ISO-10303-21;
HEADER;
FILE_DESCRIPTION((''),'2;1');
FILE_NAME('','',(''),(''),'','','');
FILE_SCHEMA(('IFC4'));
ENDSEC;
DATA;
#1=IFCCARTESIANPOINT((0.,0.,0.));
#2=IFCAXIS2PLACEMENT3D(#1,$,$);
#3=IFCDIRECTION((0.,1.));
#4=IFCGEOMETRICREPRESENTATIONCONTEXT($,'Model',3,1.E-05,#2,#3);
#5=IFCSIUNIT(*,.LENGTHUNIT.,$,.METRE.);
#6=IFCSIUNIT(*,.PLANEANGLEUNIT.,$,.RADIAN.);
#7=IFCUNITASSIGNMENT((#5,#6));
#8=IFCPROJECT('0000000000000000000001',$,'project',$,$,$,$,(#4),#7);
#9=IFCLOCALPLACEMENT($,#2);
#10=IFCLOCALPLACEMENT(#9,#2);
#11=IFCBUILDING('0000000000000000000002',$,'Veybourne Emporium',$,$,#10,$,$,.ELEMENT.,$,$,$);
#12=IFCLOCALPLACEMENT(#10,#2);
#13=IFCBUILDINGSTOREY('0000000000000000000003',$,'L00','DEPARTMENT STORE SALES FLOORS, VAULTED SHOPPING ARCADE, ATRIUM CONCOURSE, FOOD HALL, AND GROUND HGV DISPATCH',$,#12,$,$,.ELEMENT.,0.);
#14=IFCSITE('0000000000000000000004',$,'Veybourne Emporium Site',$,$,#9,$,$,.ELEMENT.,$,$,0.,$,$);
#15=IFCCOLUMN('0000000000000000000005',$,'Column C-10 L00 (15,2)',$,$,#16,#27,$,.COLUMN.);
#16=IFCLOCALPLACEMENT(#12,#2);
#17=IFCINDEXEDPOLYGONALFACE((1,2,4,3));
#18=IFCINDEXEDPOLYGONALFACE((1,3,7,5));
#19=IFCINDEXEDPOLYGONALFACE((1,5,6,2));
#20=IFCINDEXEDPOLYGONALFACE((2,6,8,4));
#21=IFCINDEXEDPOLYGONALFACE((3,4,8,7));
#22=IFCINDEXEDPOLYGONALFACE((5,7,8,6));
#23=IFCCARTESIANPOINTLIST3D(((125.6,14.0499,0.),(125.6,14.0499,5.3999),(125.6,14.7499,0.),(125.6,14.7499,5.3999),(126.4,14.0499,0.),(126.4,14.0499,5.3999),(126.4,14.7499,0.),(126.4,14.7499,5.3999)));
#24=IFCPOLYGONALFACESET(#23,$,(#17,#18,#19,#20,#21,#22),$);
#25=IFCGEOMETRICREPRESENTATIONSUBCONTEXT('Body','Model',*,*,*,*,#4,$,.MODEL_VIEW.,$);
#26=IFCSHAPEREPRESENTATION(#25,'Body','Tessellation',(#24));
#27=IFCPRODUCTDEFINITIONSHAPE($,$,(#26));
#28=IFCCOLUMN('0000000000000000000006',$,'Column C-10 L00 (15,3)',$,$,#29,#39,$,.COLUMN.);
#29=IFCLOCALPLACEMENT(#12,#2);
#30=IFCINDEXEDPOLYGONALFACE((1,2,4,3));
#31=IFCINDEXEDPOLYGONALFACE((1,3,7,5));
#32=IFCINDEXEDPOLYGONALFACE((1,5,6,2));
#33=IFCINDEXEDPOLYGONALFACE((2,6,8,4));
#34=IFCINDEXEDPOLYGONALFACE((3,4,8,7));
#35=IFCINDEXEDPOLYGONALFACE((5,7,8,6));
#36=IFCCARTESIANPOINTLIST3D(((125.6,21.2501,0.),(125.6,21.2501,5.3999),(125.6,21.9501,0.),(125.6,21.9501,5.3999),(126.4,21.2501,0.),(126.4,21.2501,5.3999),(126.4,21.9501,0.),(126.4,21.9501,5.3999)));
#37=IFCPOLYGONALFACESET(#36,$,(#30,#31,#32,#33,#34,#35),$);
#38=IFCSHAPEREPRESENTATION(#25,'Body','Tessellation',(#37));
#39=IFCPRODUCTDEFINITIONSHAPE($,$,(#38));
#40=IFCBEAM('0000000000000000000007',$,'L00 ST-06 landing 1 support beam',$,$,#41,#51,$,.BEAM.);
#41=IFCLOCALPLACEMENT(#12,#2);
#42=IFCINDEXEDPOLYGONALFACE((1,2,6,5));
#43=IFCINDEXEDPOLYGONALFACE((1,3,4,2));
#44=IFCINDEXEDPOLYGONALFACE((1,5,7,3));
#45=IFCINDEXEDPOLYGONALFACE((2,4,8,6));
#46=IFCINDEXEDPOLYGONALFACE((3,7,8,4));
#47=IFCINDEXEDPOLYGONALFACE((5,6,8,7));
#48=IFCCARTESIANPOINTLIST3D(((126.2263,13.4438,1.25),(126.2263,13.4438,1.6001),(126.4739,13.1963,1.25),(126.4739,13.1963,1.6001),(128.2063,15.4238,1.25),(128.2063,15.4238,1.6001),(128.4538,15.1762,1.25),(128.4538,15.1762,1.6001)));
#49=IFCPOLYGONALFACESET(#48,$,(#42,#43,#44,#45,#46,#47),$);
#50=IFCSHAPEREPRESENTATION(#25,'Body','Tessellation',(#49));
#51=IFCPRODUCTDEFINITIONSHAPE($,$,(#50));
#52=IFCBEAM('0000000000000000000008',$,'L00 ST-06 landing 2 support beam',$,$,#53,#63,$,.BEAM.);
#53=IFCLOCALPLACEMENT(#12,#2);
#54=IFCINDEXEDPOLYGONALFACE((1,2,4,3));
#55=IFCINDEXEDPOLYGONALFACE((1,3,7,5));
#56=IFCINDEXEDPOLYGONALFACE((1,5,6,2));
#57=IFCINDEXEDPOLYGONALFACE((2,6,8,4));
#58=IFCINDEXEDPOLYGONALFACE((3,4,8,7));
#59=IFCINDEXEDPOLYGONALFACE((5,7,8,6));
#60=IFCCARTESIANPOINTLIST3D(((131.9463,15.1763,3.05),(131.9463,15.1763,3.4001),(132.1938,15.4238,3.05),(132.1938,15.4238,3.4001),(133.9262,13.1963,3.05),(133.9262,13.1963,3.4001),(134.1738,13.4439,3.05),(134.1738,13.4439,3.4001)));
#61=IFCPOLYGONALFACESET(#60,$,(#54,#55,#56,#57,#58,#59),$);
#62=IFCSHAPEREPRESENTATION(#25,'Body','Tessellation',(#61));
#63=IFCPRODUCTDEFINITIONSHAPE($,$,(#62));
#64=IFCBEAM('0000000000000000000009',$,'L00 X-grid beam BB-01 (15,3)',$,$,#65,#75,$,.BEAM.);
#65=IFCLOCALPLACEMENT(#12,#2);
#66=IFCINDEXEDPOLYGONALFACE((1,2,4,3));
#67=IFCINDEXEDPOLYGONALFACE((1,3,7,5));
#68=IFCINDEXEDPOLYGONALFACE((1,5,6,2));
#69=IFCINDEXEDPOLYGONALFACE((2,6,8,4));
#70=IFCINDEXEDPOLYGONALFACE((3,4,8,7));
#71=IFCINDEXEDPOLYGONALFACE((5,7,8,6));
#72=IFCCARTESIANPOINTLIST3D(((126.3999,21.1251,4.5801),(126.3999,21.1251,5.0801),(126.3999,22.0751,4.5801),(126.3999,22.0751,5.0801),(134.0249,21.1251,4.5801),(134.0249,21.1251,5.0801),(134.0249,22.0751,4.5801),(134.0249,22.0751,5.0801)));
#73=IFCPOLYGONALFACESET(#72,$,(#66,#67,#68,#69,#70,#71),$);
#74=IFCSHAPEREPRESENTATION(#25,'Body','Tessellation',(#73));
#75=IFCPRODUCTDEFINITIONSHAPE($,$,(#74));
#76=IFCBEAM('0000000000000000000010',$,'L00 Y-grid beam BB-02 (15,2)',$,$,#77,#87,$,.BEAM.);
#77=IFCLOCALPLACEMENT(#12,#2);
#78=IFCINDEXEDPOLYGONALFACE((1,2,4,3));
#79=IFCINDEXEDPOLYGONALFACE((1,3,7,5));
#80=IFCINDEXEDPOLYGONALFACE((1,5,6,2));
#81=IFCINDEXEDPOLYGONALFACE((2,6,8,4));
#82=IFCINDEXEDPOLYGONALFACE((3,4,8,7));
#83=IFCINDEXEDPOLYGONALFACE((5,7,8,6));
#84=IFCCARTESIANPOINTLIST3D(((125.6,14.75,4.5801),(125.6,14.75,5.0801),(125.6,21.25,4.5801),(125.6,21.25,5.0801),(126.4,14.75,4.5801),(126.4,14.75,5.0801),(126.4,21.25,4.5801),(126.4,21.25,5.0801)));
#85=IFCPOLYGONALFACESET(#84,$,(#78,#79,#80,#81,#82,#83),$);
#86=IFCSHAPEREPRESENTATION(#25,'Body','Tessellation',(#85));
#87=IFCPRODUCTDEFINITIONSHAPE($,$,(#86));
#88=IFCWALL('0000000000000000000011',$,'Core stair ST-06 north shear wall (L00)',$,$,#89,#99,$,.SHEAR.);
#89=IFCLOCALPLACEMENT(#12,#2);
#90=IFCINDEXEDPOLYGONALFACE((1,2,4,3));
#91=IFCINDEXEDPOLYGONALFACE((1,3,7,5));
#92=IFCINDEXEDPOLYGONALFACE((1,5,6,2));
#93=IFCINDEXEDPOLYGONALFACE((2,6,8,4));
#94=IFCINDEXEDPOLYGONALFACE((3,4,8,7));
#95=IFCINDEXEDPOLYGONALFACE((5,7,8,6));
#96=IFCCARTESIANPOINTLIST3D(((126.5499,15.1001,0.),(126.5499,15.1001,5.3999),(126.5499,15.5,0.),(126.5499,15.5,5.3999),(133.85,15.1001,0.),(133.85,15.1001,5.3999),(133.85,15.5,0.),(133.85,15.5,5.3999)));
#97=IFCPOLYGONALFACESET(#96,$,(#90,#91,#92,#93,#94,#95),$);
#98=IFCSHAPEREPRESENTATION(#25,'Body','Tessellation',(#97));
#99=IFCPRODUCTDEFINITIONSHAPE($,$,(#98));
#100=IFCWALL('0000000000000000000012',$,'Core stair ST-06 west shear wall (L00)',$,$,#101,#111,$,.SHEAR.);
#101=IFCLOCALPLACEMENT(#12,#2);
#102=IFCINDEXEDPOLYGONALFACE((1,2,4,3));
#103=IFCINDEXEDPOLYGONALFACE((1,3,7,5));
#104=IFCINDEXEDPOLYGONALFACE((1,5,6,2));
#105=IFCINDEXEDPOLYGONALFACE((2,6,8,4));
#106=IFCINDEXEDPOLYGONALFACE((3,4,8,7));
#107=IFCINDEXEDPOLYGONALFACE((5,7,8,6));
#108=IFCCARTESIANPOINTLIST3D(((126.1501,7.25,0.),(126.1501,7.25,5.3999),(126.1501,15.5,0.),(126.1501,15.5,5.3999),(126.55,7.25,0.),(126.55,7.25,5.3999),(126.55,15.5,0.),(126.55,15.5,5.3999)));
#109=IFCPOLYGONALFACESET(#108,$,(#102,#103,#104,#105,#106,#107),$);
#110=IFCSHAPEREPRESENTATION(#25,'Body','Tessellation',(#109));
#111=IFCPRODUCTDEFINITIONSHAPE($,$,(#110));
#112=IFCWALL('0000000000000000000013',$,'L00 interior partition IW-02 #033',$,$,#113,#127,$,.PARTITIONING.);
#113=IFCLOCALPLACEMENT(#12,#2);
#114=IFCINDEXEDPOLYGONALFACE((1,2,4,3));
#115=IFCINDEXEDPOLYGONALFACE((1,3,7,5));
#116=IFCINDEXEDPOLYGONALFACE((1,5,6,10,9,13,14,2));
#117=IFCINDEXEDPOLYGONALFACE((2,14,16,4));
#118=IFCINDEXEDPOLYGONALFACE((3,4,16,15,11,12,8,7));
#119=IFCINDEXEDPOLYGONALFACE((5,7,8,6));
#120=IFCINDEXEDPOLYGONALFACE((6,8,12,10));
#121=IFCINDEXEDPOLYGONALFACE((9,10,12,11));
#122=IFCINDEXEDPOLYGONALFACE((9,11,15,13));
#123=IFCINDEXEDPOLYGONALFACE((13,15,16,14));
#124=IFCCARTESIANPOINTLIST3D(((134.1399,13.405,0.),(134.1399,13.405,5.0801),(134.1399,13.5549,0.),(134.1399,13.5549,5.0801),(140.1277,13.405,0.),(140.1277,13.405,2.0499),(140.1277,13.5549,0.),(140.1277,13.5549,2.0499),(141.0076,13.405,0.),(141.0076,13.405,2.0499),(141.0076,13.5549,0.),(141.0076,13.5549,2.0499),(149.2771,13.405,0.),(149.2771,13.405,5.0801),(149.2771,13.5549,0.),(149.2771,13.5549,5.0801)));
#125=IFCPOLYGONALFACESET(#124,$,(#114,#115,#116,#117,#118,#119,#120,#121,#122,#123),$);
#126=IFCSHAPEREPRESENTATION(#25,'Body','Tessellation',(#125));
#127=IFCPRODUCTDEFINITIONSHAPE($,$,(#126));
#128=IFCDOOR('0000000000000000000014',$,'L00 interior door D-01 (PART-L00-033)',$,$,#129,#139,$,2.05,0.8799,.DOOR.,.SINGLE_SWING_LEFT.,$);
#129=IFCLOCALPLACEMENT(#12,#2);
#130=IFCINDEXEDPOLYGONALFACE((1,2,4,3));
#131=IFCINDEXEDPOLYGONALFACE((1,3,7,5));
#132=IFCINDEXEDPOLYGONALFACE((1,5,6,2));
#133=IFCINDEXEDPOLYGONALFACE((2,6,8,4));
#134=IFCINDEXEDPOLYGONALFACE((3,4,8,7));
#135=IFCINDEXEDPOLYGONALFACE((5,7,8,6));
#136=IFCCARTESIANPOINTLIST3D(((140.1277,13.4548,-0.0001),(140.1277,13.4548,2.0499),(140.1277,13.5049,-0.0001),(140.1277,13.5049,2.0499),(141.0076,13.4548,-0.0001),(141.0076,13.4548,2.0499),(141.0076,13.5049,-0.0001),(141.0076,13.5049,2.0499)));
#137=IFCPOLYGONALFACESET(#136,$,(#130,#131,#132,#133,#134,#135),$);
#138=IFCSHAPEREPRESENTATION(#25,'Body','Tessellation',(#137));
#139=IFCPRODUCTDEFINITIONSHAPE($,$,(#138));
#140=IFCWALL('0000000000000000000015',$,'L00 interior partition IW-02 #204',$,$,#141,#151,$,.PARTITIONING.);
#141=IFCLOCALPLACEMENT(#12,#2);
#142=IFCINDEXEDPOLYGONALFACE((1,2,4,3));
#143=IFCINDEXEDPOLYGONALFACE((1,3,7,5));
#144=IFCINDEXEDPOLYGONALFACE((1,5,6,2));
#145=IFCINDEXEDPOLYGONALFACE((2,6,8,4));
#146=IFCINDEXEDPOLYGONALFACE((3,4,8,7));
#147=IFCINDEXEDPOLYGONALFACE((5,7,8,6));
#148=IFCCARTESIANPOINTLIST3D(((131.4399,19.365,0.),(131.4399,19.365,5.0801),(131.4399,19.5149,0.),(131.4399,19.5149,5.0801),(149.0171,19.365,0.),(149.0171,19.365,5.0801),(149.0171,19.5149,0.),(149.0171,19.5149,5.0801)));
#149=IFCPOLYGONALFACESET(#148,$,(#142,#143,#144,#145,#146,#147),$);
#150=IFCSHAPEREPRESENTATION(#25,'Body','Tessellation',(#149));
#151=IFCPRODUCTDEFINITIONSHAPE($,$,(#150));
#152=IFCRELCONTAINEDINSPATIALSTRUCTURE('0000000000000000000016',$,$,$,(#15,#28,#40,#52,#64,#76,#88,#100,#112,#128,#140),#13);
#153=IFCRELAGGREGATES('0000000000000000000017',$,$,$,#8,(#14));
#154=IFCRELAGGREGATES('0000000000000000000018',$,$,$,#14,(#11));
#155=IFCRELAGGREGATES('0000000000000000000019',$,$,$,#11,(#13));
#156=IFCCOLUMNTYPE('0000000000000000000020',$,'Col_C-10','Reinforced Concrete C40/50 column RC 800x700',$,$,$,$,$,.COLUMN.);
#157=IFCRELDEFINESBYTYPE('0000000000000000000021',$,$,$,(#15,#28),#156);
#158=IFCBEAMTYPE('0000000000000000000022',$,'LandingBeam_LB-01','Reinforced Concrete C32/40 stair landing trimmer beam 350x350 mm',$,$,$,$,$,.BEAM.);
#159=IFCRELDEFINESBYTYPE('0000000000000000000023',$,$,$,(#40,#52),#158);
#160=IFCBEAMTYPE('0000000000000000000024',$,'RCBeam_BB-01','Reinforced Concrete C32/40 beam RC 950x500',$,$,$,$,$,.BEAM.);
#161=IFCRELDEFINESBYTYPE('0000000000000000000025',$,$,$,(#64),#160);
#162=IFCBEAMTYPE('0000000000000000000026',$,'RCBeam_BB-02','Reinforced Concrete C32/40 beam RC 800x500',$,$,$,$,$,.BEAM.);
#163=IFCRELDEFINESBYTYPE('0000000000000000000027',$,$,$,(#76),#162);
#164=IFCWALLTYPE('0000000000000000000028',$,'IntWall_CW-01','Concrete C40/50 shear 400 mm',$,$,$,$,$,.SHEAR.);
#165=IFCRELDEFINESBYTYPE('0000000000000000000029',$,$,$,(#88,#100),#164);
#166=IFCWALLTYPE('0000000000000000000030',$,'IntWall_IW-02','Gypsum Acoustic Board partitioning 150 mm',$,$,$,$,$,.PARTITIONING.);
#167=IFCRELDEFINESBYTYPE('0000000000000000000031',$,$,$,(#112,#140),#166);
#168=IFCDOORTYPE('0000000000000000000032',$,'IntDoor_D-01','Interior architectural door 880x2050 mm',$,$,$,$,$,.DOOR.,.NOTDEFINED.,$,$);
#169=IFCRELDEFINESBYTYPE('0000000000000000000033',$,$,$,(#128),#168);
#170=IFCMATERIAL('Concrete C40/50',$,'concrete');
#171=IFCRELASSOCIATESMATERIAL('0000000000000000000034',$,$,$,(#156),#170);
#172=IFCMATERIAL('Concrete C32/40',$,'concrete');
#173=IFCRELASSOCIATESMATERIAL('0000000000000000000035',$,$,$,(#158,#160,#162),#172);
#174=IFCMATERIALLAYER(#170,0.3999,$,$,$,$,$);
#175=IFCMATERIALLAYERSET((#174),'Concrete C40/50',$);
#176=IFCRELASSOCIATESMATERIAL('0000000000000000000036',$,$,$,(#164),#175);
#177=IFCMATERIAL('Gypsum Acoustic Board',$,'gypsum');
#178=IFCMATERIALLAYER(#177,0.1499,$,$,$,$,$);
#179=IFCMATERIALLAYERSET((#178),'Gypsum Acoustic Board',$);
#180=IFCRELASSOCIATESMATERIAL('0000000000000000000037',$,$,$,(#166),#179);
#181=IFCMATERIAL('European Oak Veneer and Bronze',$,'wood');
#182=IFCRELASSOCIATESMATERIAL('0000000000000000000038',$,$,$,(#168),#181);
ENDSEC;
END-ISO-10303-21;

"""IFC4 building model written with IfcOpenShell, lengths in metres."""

from ifc_helpers import new_model, si_unit, direction, frame, frame_2d, origin, origin_2d, place, context, subcontext, project, spatial, rectangle, extrude, material, layer, layer_set, material_profile, profile_set, type_object, element, fill, save


model = new_model("IFC4")

# Units and contexts
model_context = context("Model", 3, precision=1e-05, world=origin(), true_north=direction((0.0, 1.0)))
body_context = subcontext(model_context, "Body", "Model", "MODEL_VIEW")
ifc_project = project(units=[si_unit("LENGTHUNIT", "METRE"), si_unit("PLANEANGLEUNIT", "RADIAN")], contexts=[model_context])

# Site, building, storey
site_placement = place(None, origin())
site = spatial("IfcSite", under=ifc_project, at=site_placement, Name="Veybourne Emporium Site", CompositionType="ELEMENT", RefElevation=0.0)
building_placement = place(site_placement, origin())
building = spatial("IfcBuilding", under=site, at=building_placement, Name="Veybourne Emporium", CompositionType="ELEMENT")
storey_placement = place(building_placement, origin())
storey = spatial("IfcBuildingStorey", under=building, at=storey_placement, Name="L00", Description="DEPARTMENT STORE SALES FLOORS, VAULTED SHOPPING ARCADE, ATRIUM CONCOURSE, FOOD HALL, AND GROUND HGV DISPATCH", CompositionType="ELEMENT", Elevation=0.0)

# Columns
ifc_material_1 = material(Name="Concrete C40/50", Category="concrete")
ifc_material_profile_1 = material_profile(ifc_material_1, rectangle(XDim=0.8, YDim=0.7, at=origin_2d()), Name="RC 800x700")
ifc_profile_set_1 = profile_set([ifc_material_profile_1], Name="Concrete C40/50")
column_type = type_object("IfcColumnType", Name="Col_C-10", Description="Reinforced Concrete C40/50 column RC 800x700", PredefinedType="COLUMN", material=ifc_profile_set_1)
for number, where, z_axis, x_axis, name in (
    (1, (126.0, 14.3999, 0.0), (0.0, 0.0, 1.0), (1.0, 0.0, 0.0), "Column C-10 L00 (15,2)"),
    (2, (126.0, 21.6001, 0.0), (0.0, 0.0, 1.0), (1.0, 0.0, 0.0), "Column C-10 L00 (15,3)"),
):
    element("IfcColumn", number, at=place(storey_placement, frame(where, z_axis=z_axis, x_axis=x_axis)), inside=storey, type_object=column_type, Name=name, PredefinedType="COLUMN", context=body_context, shape_type="SweptSolid", body=[
        extrude(rectangle(XDim=0.8, YDim=0.7, at=origin_2d()), origin(), (0.0, 0.0, 1.0), 5.3999),
    ])

# Beams
ifc_material_2 = material(Name="Concrete C32/40", Category="concrete")
ifc_material_profile_2 = material_profile(ifc_material_2, rectangle(XDim=0.3501, YDim=0.3501, at=origin_2d()), Name="RC 350x350")
ifc_profile_set_2 = profile_set([ifc_material_profile_2], Name="Concrete C32/40")
beam_type_1 = type_object("IfcBeamType", Name="LandingBeam_LB-01", Description="Reinforced Concrete C32/40 stair landing trimmer beam 350x350 mm", PredefinedType="BEAM", material=ifc_profile_set_2)
for number, where, z_axis, x_axis, name in (
    (3, (126.3501, 13.3201, 1.425), (0.707107, 0.707107, 0.0), (-0.707107, 0.707107, 0.0), "L00 ST-06 landing 1 support beam"),
    (4, (132.0701, 15.3, 3.2251), (0.707107, -0.707107, 0.0), (0.707107, 0.707107, 0.0), "L00 ST-06 landing 2 support beam"),
):
    element("IfcBeam", number, at=place(storey_placement, frame(where, z_axis=z_axis, x_axis=x_axis)), inside=storey, type_object=beam_type_1, Name=name, PredefinedType="BEAM", context=body_context, shape_type="SweptSolid", body=[
        extrude(rectangle(XDim=0.3501, YDim=0.3501, at=origin_2d()), origin(), (0.0, 0.0, 1.0), 2.8),
    ])
ifc_material_profile_3 = material_profile(ifc_material_2, rectangle(XDim=0.95, YDim=0.5, at=origin_2d()), Name="RC 950x500")
ifc_profile_set_3 = profile_set([ifc_material_profile_3], Name="Concrete C32/40")
beam_type_2 = type_object("IfcBeamType", Name="RCBeam_BB-01", Description="Reinforced Concrete C32/40 beam RC 950x500", PredefinedType="BEAM", material=ifc_profile_set_3)
beam_1_placement = place(storey_placement, frame((126.3999, 21.6001, 4.8301), z_axis=(1.0, 0.0, 0.0), x_axis=(0.0, 1.0, 0.0)))
element("IfcBeam", 5, at=beam_1_placement, inside=storey, type_object=beam_type_2, Name="L00 X-grid beam BB-01 (15,3)", PredefinedType="BEAM", context=body_context, shape_type="SweptSolid", body=[
    extrude(rectangle(XDim=0.95, YDim=0.5, at=origin_2d()), origin(), (0.0, 0.0, 1.0), 7.625),
])
ifc_material_profile_4 = material_profile(ifc_material_2, rectangle(XDim=0.8, YDim=0.5, at=origin_2d()), Name="RC 800x500")
ifc_profile_set_4 = profile_set([ifc_material_profile_4], Name="Concrete C32/40")
beam_type_3 = type_object("IfcBeamType", Name="RCBeam_BB-02", Description="Reinforced Concrete C32/40 beam RC 800x500", PredefinedType="BEAM", material=ifc_profile_set_4)
beam_2_placement = place(storey_placement, frame((126.0, 14.75, 4.8301), z_axis=(0.0, 1.0, 0.0), x_axis=(-1.0, 0.0, 0.0)))
element("IfcBeam", 6, at=beam_2_placement, inside=storey, type_object=beam_type_3, Name="L00 Y-grid beam BB-02 (15,2)", PredefinedType="BEAM", context=body_context, shape_type="SweptSolid", body=[
    extrude(rectangle(XDim=0.8, YDim=0.5, at=origin_2d()), origin(), (0.0, 0.0, 1.0), 6.5),
])

# Walls
ifc_layer_1 = layer(ifc_material_1, 0.3999)
ifc_layer_set_1 = layer_set([ifc_layer_1], Name="Concrete C40/50")
wall_type_1 = type_object("IfcWallType", Name="IntWall_CW-01", Description="Concrete C40/50 shear 400 mm", PredefinedType="SHEAR", material=ifc_layer_set_1)
wall_1_placement = place(storey_placement, frame((126.55, 15.3, 0.0), z_axis=(0.0, 0.0, 1.0), x_axis=(1.0, 0.0, 0.0)))
element("IfcWall", 7, at=wall_1_placement, inside=storey, type_object=wall_type_1, Name="Core stair ST-06 north shear wall (L00)", PredefinedType="SHEAR", context=body_context, shape_type="SweptSolid", body=[
    extrude(rectangle(XDim=7.3, YDim=0.3999, at=frame_2d((3.6499, 0.0))), origin(), (0.0, 0.0, 1.0), 5.3999),
])
wall_2_placement = place(storey_placement, frame((126.3501, 15.5, 0.0), z_axis=(0.0, 0.0, 1.0), x_axis=(0.0, -1.0, 0.0)))
element("IfcWall", 8, at=wall_2_placement, inside=storey, type_object=wall_type_1, Name="Core stair ST-06 west shear wall (L00)", PredefinedType="SHEAR", context=body_context, shape_type="SweptSolid", body=[
    extrude(rectangle(XDim=8.25, YDim=0.3999, at=frame_2d((4.125, 0.0))), origin(), (0.0, 0.0, 1.0), 5.3999),
])

# Wall, opening, door
ifc_material_3 = material(Name="Gypsum Acoustic Board", Category="gypsum")
ifc_layer_2 = layer(ifc_material_3, 0.1499)
ifc_layer_set_2 = layer_set([ifc_layer_2], Name="Gypsum Acoustic Board")
wall_type_2 = type_object("IfcWallType", Name="IntWall_IW-02", Description="Gypsum Acoustic Board partitioning 150 mm", PredefinedType="PARTITIONING", material=ifc_layer_set_2)
wall_3_placement = place(storey_placement, frame((134.1399, 13.48, 0.0), z_axis=(0.0, 0.0, 1.0), x_axis=(1.0, 0.0, 0.0)))
wall_3 = element("IfcWall", 9, at=wall_3_placement, inside=storey, type_object=wall_type_2, Name="L00 interior partition IW-02 #033", PredefinedType="PARTITIONING", context=body_context, shape_type="SweptSolid", body=[
    extrude(rectangle(XDim=15.1372, YDim=0.1499, at=frame_2d((7.5686, 0.0))), origin(), (0.0, 0.0, 1.0), 5.0801),
])
opening_1_placement = place(wall_3_placement, frame((5.9878, 0.0, 0.0)))
opening_1 = element("IfcOpeningElement", 10, at=opening_1_placement, cuts=wall_3, PredefinedType="OPENING", context=body_context, shape_type="SweptSolid", body=[
    extrude(rectangle(XDim=0.8799, YDim=2.05, at=frame_2d((0.4399, 1.0249))), frame((0.0, 0.095, 0.0), z_axis=(0.0, -1.0, 0.0), x_axis=(1.0, 0.0, 0.0)), (0.0, 0.0, 1.0), 0.1899),
])
ifc_material_4 = material(Name="European Oak Veneer and Bronze", Category="wood")
door_type_1 = type_object("IfcDoorType", Name="IntDoor_D-01", Description="Interior architectural door 880x2050 mm", OperationType="NOTDEFINED", PredefinedType="DOOR", material=ifc_material_4)
door_1_placement = place(opening_1_placement, origin())
door_1 = element("IfcDoor", 11, at=door_1_placement, inside=storey, type_object=door_type_1, Name="L00 interior door D-01 (PART-L00-033)", OperationType="SINGLE_SWING_LEFT", OverallHeight=2.05, OverallWidth=0.8799, PredefinedType="DOOR", context=body_context, shape_type="SweptSolid", body=[
    extrude(rectangle(XDim=0.8799, YDim=2.05, at=frame_2d((0.4399, 1.0249))), frame((0.0, 0.0249, 0.0), z_axis=(0.0, -1.0, 0.0), x_axis=(1.0, 0.0, 0.0)), (0.0, 0.0, 1.0), 0.05),
])
fill(opening_1, door_1)

# Wall
wall_4_placement = place(storey_placement, frame((131.4399, 19.4399, 0.0), z_axis=(0.0, 0.0, 1.0), x_axis=(1.0, 0.0, 0.0)))
element("IfcWall", 12, at=wall_4_placement, inside=storey, type_object=wall_type_2, Name="L00 interior partition IW-02 #204", PredefinedType="PARTITIONING", context=body_context, shape_type="SweptSolid", body=[
    extrude(rectangle(XDim=17.5771, YDim=0.1499, at=frame_2d((8.7886, 0.0))), origin(), (0.0, 0.0, 1.0), 5.0801),
])

save(model, "model.ifc")
